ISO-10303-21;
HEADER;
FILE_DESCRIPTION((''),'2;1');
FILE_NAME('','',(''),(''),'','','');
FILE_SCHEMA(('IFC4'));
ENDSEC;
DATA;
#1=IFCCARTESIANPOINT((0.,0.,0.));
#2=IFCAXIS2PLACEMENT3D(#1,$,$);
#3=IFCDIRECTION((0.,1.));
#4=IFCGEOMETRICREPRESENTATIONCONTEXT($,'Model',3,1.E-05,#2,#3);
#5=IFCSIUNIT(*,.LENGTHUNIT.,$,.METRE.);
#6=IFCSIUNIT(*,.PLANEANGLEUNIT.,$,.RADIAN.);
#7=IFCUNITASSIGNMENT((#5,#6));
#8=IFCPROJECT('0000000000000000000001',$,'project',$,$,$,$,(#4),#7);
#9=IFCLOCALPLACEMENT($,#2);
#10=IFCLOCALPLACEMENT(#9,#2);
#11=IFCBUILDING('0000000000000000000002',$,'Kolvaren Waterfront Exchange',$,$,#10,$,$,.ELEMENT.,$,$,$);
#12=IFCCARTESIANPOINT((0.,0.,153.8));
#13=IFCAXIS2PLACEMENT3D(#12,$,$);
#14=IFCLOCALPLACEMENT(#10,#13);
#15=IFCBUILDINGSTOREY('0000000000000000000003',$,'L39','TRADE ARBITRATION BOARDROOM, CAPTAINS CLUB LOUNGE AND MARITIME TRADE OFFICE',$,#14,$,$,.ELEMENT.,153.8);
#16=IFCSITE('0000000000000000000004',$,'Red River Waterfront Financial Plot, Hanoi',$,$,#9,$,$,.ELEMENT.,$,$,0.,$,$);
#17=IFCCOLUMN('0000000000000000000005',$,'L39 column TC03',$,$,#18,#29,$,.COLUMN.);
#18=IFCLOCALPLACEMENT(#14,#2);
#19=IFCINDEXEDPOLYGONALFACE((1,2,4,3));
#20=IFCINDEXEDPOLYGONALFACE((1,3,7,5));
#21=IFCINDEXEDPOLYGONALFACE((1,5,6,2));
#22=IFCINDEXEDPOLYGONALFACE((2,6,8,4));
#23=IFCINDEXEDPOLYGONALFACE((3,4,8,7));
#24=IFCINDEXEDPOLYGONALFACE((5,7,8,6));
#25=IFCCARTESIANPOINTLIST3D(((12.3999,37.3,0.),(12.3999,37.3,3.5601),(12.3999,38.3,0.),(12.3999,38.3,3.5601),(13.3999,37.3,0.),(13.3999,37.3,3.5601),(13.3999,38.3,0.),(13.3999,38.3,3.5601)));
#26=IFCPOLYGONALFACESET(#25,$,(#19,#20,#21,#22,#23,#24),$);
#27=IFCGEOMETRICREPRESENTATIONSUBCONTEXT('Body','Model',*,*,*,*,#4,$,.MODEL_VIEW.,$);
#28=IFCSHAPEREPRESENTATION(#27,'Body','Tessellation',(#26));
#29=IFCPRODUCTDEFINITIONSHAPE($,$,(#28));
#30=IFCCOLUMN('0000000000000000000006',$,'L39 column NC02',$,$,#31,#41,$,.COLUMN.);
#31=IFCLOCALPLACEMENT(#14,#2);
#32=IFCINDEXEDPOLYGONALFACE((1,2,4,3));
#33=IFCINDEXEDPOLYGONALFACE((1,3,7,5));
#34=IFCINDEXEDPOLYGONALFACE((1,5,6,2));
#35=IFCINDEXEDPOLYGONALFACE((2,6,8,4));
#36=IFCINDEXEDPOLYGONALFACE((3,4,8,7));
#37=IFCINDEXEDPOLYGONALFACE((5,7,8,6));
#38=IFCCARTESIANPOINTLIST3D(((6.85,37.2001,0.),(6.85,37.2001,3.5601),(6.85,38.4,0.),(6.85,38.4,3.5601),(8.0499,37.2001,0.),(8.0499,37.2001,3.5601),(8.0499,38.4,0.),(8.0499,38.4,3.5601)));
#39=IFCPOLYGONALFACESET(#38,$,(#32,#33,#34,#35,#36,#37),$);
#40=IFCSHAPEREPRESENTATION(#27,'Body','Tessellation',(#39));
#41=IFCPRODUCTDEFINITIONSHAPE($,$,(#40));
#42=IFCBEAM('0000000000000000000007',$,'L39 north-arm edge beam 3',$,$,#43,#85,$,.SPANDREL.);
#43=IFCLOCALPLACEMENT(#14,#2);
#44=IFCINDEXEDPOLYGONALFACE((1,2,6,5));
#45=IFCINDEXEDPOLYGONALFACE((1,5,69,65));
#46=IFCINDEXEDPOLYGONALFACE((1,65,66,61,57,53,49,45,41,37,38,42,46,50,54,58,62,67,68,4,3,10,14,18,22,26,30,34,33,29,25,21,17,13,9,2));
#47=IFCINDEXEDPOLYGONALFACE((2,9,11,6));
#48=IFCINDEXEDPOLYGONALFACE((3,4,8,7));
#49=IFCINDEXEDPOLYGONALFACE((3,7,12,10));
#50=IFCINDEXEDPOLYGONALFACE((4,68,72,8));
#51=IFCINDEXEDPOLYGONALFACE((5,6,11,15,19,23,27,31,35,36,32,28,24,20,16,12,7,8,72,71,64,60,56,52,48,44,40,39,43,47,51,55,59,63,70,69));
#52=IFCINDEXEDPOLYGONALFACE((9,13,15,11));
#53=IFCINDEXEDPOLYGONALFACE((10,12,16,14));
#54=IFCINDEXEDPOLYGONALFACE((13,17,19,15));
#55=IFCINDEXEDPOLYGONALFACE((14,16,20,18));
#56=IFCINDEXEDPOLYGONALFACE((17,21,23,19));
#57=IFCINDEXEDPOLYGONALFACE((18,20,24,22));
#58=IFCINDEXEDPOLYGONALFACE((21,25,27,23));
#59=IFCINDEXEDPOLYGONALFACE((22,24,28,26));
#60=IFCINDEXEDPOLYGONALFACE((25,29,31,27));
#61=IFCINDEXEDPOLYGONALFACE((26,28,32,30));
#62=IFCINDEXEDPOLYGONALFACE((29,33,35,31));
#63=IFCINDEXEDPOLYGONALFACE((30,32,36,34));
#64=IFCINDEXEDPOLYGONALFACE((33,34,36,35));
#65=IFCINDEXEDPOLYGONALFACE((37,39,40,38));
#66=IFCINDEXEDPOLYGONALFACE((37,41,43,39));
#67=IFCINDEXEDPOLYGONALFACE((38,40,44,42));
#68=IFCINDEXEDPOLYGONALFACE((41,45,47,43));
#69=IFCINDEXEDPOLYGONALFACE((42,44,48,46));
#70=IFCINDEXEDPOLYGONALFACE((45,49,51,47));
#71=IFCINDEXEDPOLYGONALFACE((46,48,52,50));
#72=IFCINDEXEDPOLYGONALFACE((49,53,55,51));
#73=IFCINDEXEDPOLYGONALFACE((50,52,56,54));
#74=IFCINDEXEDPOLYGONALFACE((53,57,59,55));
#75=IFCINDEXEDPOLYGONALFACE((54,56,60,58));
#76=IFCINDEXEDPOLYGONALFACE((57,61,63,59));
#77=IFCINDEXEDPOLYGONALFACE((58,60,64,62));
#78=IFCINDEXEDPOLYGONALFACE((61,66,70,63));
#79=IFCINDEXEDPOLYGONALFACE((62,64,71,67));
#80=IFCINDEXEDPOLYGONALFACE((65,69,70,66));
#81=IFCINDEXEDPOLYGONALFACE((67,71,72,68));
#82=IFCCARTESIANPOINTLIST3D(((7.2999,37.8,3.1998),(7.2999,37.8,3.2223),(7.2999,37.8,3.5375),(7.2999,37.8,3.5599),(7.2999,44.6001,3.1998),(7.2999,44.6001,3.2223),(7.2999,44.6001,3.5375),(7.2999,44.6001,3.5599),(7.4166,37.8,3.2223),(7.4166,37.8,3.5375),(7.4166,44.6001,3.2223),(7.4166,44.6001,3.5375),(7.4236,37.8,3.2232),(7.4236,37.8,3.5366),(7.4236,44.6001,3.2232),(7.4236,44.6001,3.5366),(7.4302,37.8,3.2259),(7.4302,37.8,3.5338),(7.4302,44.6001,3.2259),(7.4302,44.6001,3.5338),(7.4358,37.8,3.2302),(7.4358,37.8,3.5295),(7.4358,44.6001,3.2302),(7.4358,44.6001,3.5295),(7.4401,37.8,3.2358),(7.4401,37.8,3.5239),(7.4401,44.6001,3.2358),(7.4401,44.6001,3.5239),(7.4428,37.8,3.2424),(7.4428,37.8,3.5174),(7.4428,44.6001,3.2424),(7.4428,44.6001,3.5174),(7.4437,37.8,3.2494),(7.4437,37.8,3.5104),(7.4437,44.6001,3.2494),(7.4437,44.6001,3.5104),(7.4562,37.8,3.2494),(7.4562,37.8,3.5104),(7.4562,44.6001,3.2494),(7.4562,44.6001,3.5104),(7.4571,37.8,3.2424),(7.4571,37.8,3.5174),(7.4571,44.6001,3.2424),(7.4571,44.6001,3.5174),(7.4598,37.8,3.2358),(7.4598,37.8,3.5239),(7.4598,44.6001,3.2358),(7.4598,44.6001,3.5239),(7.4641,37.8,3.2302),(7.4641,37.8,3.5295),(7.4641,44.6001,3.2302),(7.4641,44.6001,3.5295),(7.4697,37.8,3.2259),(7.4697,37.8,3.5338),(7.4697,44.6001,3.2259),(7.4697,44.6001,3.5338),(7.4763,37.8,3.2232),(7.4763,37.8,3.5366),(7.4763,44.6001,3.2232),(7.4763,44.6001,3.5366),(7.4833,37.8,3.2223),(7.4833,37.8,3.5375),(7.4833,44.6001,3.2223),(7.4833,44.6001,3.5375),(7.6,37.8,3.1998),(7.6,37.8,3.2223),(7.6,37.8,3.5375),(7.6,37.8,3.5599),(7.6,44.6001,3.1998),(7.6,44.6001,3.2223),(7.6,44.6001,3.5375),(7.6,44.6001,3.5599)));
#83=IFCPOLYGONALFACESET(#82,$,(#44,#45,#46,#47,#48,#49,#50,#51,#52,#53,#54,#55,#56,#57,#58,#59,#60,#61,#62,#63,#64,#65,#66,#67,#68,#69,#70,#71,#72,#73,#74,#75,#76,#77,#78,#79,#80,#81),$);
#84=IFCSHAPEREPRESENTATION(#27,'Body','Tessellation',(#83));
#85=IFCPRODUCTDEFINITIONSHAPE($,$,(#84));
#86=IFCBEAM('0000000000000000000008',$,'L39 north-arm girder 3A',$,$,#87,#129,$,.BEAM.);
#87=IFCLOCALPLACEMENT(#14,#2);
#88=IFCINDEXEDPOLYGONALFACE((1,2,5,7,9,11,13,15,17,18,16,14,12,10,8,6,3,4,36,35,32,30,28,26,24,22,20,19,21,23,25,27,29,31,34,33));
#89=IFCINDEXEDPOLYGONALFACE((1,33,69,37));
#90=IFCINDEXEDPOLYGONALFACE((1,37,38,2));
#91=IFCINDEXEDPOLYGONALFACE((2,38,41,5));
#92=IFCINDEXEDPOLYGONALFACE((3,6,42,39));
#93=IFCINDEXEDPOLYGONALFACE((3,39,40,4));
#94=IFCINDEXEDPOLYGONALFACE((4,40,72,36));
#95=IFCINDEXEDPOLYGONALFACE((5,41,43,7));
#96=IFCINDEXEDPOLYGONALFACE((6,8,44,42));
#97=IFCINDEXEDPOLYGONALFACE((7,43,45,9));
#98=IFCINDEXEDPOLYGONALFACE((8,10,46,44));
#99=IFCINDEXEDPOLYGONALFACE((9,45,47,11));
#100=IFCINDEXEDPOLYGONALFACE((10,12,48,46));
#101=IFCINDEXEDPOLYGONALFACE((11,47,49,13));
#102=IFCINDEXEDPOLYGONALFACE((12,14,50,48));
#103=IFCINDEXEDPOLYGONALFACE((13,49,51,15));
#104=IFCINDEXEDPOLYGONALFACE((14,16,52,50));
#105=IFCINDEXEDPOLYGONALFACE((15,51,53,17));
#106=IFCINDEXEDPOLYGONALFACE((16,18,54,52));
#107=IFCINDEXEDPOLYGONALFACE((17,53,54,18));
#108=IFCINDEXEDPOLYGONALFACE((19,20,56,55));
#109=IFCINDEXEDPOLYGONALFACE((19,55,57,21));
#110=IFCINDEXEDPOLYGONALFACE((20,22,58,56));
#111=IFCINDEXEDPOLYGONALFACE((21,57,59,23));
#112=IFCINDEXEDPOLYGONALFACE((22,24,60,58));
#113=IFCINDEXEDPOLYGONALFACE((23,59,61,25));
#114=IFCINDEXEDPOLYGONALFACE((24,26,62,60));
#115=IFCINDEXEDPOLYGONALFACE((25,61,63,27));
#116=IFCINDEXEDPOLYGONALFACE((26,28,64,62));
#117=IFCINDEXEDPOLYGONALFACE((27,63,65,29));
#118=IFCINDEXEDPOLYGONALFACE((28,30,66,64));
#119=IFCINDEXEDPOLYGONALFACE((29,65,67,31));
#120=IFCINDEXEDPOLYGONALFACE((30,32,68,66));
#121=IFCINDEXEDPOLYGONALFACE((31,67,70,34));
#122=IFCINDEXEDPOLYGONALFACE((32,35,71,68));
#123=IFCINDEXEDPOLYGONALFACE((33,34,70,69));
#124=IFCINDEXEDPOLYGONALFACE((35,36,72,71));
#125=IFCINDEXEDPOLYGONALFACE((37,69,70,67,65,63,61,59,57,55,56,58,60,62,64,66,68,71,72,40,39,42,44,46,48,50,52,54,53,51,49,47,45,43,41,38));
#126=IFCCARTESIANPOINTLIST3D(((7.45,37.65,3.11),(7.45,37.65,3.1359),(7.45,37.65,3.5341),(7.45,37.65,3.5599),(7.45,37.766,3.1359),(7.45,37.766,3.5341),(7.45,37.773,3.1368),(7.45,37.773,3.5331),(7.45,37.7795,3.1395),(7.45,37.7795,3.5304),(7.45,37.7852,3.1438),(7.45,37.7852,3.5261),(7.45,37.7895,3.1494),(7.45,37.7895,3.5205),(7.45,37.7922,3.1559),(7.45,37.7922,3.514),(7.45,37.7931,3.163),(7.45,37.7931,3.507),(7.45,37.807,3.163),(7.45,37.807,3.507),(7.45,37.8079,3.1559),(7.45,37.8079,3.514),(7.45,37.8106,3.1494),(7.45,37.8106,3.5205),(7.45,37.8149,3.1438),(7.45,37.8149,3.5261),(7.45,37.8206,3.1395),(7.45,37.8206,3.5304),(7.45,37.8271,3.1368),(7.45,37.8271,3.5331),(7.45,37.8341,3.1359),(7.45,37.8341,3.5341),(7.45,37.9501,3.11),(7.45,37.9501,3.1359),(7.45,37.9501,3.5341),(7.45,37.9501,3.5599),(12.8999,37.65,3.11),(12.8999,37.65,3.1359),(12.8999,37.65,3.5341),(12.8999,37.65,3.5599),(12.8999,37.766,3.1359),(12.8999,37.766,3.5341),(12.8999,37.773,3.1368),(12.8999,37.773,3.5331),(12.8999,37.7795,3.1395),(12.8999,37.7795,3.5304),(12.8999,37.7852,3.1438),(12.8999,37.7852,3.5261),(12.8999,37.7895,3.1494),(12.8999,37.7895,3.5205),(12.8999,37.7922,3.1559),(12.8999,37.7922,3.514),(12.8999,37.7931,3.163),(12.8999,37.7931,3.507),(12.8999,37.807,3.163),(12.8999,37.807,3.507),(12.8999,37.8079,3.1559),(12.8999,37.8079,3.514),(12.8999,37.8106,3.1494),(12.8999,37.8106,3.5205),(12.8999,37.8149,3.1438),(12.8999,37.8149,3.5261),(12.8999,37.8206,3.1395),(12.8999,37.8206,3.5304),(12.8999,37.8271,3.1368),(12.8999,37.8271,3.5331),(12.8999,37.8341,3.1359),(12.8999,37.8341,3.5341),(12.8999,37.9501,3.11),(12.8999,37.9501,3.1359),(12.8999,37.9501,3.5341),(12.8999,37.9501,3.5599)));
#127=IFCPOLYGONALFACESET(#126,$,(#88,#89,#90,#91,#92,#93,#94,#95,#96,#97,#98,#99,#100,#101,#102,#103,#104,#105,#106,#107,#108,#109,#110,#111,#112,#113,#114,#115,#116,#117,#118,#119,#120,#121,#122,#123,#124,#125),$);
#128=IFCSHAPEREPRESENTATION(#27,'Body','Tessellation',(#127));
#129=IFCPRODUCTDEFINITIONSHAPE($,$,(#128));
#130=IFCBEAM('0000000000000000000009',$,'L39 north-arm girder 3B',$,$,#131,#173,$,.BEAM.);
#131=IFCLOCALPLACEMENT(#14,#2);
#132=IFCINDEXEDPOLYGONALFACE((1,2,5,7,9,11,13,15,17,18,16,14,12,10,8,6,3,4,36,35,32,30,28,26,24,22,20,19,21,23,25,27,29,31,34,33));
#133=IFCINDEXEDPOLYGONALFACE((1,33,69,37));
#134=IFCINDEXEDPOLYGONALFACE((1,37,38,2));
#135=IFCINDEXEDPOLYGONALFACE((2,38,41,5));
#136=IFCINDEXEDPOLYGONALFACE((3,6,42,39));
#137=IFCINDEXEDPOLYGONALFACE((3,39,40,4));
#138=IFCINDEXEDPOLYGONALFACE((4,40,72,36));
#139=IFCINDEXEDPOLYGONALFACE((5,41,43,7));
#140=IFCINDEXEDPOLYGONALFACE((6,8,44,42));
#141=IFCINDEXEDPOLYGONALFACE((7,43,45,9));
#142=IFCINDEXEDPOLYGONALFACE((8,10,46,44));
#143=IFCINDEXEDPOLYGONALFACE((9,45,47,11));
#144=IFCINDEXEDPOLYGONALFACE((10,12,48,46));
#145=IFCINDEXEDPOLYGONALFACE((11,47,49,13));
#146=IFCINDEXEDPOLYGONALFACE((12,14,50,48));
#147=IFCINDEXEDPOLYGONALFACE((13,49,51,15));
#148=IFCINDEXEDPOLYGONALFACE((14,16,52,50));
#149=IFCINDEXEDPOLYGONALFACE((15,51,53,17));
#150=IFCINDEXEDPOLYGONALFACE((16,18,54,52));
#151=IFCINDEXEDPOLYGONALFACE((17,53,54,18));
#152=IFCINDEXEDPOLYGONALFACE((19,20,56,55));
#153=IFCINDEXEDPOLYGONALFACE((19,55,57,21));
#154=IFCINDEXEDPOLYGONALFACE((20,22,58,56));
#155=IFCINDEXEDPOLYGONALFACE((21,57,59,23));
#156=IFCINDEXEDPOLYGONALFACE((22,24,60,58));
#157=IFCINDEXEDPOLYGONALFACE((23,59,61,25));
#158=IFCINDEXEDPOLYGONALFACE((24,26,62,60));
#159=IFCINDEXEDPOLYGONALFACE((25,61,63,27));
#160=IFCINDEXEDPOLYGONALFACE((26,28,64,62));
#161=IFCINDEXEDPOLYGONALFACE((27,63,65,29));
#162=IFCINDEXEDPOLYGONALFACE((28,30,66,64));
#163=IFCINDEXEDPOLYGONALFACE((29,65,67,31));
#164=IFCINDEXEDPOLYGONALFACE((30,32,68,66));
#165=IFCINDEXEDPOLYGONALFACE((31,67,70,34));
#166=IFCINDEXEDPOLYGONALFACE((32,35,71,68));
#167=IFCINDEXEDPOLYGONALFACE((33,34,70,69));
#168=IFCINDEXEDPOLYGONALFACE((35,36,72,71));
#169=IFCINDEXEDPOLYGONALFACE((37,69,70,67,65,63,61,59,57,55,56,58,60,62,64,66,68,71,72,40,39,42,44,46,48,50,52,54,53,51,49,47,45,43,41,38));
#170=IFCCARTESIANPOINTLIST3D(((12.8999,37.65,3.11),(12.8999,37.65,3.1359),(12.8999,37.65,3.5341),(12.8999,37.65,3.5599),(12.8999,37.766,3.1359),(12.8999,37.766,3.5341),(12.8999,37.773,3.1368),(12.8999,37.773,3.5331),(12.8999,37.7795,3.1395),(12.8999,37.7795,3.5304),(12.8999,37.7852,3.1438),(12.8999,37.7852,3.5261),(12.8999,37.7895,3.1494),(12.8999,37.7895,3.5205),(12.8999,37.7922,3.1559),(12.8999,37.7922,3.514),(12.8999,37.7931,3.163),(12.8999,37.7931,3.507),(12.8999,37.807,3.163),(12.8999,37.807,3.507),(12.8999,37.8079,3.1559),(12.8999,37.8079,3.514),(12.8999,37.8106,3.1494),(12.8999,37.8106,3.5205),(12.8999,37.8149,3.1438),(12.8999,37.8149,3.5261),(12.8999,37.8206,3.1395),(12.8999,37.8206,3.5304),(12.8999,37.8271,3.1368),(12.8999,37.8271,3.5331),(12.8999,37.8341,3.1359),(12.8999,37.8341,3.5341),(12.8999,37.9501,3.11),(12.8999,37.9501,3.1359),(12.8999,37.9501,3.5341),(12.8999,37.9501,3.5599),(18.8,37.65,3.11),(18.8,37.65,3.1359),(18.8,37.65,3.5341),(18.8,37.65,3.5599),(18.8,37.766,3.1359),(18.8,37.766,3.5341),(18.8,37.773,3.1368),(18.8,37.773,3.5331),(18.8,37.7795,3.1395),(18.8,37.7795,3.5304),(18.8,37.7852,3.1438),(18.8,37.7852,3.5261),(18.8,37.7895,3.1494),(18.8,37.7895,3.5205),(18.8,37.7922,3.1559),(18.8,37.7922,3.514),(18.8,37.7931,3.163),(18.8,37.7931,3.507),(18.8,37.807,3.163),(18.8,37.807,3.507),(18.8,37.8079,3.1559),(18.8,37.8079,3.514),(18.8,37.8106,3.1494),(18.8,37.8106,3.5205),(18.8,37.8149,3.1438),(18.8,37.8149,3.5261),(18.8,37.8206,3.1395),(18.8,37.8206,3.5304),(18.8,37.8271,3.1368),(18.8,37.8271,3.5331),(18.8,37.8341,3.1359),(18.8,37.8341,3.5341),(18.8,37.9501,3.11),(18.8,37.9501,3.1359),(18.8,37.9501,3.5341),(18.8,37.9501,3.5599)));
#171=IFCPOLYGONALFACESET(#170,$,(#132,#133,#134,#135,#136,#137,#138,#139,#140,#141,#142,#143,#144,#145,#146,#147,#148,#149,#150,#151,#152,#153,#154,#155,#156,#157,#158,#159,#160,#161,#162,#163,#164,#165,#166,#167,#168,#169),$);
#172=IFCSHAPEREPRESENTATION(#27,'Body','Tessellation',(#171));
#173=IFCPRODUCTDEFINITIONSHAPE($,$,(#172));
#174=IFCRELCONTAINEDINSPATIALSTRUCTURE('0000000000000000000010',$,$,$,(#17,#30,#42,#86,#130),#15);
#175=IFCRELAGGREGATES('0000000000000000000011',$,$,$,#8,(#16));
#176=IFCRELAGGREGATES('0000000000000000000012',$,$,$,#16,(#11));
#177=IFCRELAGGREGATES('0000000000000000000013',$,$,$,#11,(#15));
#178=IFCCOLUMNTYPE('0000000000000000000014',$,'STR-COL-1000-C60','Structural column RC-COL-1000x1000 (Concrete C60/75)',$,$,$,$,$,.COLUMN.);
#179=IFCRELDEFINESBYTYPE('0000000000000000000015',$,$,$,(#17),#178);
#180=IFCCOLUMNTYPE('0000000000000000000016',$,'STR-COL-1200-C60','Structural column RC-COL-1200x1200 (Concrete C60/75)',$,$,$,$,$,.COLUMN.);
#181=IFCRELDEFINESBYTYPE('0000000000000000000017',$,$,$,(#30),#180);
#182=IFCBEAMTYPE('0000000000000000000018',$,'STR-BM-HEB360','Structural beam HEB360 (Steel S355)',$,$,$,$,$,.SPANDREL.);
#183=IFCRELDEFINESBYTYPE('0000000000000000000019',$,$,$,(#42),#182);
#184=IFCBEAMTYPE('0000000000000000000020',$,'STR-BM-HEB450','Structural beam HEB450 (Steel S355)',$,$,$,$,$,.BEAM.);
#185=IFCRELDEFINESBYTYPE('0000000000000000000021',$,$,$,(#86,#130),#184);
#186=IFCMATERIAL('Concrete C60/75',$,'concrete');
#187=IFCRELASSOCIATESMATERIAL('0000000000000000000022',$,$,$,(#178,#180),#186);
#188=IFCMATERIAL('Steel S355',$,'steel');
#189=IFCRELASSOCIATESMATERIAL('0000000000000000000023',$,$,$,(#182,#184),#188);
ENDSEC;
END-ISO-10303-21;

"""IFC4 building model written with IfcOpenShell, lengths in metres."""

from ifc_helpers import new_model, si_unit, direction, frame, origin, origin_2d, place, context, subcontext, project, spatial, rectangle, i_section, extrude, material, material_profile, profile_set, type_object, element, save


model = new_model("IFC4")

# Units and contexts
model_context = context("Model", 3, precision=1e-05, world=origin(), true_north=direction((0.0, 1.0)))
body_context = subcontext(model_context, "Body", "Model", "MODEL_VIEW")
ifc_project = project(units=[si_unit("LENGTHUNIT", "METRE"), si_unit("PLANEANGLEUNIT", "RADIAN")], contexts=[model_context])

# Site, building, storey
site_placement = place(None, origin())
site = spatial("IfcSite", under=ifc_project, at=site_placement, Name="Red River Waterfront Financial Plot, Hanoi", CompositionType="ELEMENT", RefElevation=0.0)
building_placement = place(site_placement, origin())
building = spatial("IfcBuilding", under=site, at=building_placement, Name="Kolvaren Waterfront Exchange", CompositionType="ELEMENT")
storey_placement = place(building_placement, frame((0.0, 0.0, 153.8)))
storey = spatial("IfcBuildingStorey", under=building, at=storey_placement, Name="L39", Description="TRADE ARBITRATION BOARDROOM, CAPTAINS CLUB LOUNGE AND MARITIME TRADE OFFICE", CompositionType="ELEMENT", Elevation=153.8)

# Columns
ifc_material_1 = material(Name="Concrete C60/75", Category="concrete")
ifc_material_profile_1 = material_profile(ifc_material_1, rectangle(XDim=1.0, YDim=1.0, at=origin_2d()), Name="RC-COL-1000x1000")
ifc_profile_set_1 = profile_set([ifc_material_profile_1], Name="Concrete C60/75")
column_type_1 = type_object("IfcColumnType", Name="STR-COL-1000-C60", Description="Structural column RC-COL-1000x1000 (Concrete C60/75)", PredefinedType="COLUMN", material=ifc_profile_set_1)
column_1_placement = place(storey_placement, frame((12.8999, 37.8, 0.0), z_axis=(0.0, 0.0, 1.0), x_axis=(1.0, 0.0, 0.0)))
element("IfcColumn", 1, at=column_1_placement, inside=storey, type_object=column_type_1, Name="L39 column TC03", PredefinedType="COLUMN", context=body_context, shape_type="SweptSolid", body=[
    extrude(rectangle(XDim=1.0, YDim=1.0, at=origin_2d()), origin(), (0.0, 0.0, 1.0), 3.5601),
])
ifc_material_profile_2 = material_profile(ifc_material_1, rectangle(XDim=1.2, YDim=1.2, at=origin_2d()), Name="RC-COL-1200x1200")
ifc_profile_set_2 = profile_set([ifc_material_profile_2], Name="Concrete C60/75")
column_type_2 = type_object("IfcColumnType", Name="STR-COL-1200-C60", Description="Structural column RC-COL-1200x1200 (Concrete C60/75)", PredefinedType="COLUMN", material=ifc_profile_set_2)
column_2_placement = place(storey_placement, frame((7.45, 37.8, 0.0), z_axis=(0.0, 0.0, 1.0), x_axis=(1.0, 0.0, 0.0)))
element("IfcColumn", 2, at=column_2_placement, inside=storey, type_object=column_type_2, Name="L39 column NC02", PredefinedType="COLUMN", context=body_context, shape_type="SweptSolid", body=[
    extrude(rectangle(XDim=1.2, YDim=1.2, at=origin_2d()), origin(), (0.0, 0.0, 1.0), 3.5601),
])

# Beams
ifc_material_2 = material(Name="Steel S355", Category="steel")
ifc_material_profile_3 = material_profile(ifc_material_2, i_section(OverallWidth=0.3, OverallDepth=0.3601, WebThickness=0.0125, FlangeThickness=0.0225, FilletRadius=0.0271, at=origin_2d()), Name="HEB360")
ifc_profile_set_3 = profile_set([ifc_material_profile_3], Name="Steel S355")
beam_type_1 = type_object("IfcBeamType", Name="STR-BM-HEB360", Description="Structural beam HEB360 (Steel S355)", PredefinedType="SPANDREL", material=ifc_profile_set_3)
beam_1_placement = place(storey_placement, frame((7.45, 37.8, 3.3799), z_axis=(0.0, 1.0, 0.0), x_axis=(-1.0, 0.0, 0.0)))
element("IfcBeam", 3, at=beam_1_placement, inside=storey, type_object=beam_type_1, Name="L39 north-arm edge beam 3", PredefinedType="SPANDREL", context=body_context, shape_type="SweptSolid", body=[
    extrude(i_section(OverallWidth=0.3, OverallDepth=0.3601, WebThickness=0.0125, FlangeThickness=0.0225, FilletRadius=0.0271, at=origin_2d()), origin(), (0.0, 0.0, 1.0), 6.8),
])
ifc_material_profile_4 = material_profile(ifc_material_2, i_section(OverallWidth=0.3, OverallDepth=0.45, WebThickness=0.0139, FlangeThickness=0.0259, FilletRadius=0.0271, at=origin_2d()), Name="HEB450")
ifc_profile_set_4 = profile_set([ifc_material_profile_4], Name="Steel S355")
beam_type_2 = type_object("IfcBeamType", Name="STR-BM-HEB450", Description="Structural beam HEB450 (Steel S355)", PredefinedType="BEAM", material=ifc_profile_set_4)
beam_2_placement = place(storey_placement, frame((7.45, 37.8, 3.335), z_axis=(1.0, 0.0, 0.0), x_axis=(0.0, 1.0, 0.0)))
element("IfcBeam", 4, at=beam_2_placement, inside=storey, type_object=beam_type_2, Name="L39 north-arm girder 3A", PredefinedType="BEAM", context=body_context, shape_type="SweptSolid", body=[
    extrude(i_section(OverallWidth=0.3, OverallDepth=0.45, WebThickness=0.0139, FlangeThickness=0.0259, FilletRadius=0.0271, at=origin_2d()), origin(), (0.0, 0.0, 1.0), 5.45),
])
beam_3_placement = place(storey_placement, frame((12.8999, 37.8, 3.335), z_axis=(1.0, 0.0, 0.0), x_axis=(0.0, 1.0, 0.0)))
element("IfcBeam", 5, at=beam_3_placement, inside=storey, type_object=beam_type_2, Name="L39 north-arm girder 3B", PredefinedType="BEAM", context=body_context, shape_type="SweptSolid", body=[
    extrude(i_section(OverallWidth=0.3, OverallDepth=0.45, WebThickness=0.0139, FlangeThickness=0.0259, FilletRadius=0.0271, at=origin_2d()), origin(), (0.0, 0.0, 1.0), 5.9001),
])

save(model, "model.ifc")
